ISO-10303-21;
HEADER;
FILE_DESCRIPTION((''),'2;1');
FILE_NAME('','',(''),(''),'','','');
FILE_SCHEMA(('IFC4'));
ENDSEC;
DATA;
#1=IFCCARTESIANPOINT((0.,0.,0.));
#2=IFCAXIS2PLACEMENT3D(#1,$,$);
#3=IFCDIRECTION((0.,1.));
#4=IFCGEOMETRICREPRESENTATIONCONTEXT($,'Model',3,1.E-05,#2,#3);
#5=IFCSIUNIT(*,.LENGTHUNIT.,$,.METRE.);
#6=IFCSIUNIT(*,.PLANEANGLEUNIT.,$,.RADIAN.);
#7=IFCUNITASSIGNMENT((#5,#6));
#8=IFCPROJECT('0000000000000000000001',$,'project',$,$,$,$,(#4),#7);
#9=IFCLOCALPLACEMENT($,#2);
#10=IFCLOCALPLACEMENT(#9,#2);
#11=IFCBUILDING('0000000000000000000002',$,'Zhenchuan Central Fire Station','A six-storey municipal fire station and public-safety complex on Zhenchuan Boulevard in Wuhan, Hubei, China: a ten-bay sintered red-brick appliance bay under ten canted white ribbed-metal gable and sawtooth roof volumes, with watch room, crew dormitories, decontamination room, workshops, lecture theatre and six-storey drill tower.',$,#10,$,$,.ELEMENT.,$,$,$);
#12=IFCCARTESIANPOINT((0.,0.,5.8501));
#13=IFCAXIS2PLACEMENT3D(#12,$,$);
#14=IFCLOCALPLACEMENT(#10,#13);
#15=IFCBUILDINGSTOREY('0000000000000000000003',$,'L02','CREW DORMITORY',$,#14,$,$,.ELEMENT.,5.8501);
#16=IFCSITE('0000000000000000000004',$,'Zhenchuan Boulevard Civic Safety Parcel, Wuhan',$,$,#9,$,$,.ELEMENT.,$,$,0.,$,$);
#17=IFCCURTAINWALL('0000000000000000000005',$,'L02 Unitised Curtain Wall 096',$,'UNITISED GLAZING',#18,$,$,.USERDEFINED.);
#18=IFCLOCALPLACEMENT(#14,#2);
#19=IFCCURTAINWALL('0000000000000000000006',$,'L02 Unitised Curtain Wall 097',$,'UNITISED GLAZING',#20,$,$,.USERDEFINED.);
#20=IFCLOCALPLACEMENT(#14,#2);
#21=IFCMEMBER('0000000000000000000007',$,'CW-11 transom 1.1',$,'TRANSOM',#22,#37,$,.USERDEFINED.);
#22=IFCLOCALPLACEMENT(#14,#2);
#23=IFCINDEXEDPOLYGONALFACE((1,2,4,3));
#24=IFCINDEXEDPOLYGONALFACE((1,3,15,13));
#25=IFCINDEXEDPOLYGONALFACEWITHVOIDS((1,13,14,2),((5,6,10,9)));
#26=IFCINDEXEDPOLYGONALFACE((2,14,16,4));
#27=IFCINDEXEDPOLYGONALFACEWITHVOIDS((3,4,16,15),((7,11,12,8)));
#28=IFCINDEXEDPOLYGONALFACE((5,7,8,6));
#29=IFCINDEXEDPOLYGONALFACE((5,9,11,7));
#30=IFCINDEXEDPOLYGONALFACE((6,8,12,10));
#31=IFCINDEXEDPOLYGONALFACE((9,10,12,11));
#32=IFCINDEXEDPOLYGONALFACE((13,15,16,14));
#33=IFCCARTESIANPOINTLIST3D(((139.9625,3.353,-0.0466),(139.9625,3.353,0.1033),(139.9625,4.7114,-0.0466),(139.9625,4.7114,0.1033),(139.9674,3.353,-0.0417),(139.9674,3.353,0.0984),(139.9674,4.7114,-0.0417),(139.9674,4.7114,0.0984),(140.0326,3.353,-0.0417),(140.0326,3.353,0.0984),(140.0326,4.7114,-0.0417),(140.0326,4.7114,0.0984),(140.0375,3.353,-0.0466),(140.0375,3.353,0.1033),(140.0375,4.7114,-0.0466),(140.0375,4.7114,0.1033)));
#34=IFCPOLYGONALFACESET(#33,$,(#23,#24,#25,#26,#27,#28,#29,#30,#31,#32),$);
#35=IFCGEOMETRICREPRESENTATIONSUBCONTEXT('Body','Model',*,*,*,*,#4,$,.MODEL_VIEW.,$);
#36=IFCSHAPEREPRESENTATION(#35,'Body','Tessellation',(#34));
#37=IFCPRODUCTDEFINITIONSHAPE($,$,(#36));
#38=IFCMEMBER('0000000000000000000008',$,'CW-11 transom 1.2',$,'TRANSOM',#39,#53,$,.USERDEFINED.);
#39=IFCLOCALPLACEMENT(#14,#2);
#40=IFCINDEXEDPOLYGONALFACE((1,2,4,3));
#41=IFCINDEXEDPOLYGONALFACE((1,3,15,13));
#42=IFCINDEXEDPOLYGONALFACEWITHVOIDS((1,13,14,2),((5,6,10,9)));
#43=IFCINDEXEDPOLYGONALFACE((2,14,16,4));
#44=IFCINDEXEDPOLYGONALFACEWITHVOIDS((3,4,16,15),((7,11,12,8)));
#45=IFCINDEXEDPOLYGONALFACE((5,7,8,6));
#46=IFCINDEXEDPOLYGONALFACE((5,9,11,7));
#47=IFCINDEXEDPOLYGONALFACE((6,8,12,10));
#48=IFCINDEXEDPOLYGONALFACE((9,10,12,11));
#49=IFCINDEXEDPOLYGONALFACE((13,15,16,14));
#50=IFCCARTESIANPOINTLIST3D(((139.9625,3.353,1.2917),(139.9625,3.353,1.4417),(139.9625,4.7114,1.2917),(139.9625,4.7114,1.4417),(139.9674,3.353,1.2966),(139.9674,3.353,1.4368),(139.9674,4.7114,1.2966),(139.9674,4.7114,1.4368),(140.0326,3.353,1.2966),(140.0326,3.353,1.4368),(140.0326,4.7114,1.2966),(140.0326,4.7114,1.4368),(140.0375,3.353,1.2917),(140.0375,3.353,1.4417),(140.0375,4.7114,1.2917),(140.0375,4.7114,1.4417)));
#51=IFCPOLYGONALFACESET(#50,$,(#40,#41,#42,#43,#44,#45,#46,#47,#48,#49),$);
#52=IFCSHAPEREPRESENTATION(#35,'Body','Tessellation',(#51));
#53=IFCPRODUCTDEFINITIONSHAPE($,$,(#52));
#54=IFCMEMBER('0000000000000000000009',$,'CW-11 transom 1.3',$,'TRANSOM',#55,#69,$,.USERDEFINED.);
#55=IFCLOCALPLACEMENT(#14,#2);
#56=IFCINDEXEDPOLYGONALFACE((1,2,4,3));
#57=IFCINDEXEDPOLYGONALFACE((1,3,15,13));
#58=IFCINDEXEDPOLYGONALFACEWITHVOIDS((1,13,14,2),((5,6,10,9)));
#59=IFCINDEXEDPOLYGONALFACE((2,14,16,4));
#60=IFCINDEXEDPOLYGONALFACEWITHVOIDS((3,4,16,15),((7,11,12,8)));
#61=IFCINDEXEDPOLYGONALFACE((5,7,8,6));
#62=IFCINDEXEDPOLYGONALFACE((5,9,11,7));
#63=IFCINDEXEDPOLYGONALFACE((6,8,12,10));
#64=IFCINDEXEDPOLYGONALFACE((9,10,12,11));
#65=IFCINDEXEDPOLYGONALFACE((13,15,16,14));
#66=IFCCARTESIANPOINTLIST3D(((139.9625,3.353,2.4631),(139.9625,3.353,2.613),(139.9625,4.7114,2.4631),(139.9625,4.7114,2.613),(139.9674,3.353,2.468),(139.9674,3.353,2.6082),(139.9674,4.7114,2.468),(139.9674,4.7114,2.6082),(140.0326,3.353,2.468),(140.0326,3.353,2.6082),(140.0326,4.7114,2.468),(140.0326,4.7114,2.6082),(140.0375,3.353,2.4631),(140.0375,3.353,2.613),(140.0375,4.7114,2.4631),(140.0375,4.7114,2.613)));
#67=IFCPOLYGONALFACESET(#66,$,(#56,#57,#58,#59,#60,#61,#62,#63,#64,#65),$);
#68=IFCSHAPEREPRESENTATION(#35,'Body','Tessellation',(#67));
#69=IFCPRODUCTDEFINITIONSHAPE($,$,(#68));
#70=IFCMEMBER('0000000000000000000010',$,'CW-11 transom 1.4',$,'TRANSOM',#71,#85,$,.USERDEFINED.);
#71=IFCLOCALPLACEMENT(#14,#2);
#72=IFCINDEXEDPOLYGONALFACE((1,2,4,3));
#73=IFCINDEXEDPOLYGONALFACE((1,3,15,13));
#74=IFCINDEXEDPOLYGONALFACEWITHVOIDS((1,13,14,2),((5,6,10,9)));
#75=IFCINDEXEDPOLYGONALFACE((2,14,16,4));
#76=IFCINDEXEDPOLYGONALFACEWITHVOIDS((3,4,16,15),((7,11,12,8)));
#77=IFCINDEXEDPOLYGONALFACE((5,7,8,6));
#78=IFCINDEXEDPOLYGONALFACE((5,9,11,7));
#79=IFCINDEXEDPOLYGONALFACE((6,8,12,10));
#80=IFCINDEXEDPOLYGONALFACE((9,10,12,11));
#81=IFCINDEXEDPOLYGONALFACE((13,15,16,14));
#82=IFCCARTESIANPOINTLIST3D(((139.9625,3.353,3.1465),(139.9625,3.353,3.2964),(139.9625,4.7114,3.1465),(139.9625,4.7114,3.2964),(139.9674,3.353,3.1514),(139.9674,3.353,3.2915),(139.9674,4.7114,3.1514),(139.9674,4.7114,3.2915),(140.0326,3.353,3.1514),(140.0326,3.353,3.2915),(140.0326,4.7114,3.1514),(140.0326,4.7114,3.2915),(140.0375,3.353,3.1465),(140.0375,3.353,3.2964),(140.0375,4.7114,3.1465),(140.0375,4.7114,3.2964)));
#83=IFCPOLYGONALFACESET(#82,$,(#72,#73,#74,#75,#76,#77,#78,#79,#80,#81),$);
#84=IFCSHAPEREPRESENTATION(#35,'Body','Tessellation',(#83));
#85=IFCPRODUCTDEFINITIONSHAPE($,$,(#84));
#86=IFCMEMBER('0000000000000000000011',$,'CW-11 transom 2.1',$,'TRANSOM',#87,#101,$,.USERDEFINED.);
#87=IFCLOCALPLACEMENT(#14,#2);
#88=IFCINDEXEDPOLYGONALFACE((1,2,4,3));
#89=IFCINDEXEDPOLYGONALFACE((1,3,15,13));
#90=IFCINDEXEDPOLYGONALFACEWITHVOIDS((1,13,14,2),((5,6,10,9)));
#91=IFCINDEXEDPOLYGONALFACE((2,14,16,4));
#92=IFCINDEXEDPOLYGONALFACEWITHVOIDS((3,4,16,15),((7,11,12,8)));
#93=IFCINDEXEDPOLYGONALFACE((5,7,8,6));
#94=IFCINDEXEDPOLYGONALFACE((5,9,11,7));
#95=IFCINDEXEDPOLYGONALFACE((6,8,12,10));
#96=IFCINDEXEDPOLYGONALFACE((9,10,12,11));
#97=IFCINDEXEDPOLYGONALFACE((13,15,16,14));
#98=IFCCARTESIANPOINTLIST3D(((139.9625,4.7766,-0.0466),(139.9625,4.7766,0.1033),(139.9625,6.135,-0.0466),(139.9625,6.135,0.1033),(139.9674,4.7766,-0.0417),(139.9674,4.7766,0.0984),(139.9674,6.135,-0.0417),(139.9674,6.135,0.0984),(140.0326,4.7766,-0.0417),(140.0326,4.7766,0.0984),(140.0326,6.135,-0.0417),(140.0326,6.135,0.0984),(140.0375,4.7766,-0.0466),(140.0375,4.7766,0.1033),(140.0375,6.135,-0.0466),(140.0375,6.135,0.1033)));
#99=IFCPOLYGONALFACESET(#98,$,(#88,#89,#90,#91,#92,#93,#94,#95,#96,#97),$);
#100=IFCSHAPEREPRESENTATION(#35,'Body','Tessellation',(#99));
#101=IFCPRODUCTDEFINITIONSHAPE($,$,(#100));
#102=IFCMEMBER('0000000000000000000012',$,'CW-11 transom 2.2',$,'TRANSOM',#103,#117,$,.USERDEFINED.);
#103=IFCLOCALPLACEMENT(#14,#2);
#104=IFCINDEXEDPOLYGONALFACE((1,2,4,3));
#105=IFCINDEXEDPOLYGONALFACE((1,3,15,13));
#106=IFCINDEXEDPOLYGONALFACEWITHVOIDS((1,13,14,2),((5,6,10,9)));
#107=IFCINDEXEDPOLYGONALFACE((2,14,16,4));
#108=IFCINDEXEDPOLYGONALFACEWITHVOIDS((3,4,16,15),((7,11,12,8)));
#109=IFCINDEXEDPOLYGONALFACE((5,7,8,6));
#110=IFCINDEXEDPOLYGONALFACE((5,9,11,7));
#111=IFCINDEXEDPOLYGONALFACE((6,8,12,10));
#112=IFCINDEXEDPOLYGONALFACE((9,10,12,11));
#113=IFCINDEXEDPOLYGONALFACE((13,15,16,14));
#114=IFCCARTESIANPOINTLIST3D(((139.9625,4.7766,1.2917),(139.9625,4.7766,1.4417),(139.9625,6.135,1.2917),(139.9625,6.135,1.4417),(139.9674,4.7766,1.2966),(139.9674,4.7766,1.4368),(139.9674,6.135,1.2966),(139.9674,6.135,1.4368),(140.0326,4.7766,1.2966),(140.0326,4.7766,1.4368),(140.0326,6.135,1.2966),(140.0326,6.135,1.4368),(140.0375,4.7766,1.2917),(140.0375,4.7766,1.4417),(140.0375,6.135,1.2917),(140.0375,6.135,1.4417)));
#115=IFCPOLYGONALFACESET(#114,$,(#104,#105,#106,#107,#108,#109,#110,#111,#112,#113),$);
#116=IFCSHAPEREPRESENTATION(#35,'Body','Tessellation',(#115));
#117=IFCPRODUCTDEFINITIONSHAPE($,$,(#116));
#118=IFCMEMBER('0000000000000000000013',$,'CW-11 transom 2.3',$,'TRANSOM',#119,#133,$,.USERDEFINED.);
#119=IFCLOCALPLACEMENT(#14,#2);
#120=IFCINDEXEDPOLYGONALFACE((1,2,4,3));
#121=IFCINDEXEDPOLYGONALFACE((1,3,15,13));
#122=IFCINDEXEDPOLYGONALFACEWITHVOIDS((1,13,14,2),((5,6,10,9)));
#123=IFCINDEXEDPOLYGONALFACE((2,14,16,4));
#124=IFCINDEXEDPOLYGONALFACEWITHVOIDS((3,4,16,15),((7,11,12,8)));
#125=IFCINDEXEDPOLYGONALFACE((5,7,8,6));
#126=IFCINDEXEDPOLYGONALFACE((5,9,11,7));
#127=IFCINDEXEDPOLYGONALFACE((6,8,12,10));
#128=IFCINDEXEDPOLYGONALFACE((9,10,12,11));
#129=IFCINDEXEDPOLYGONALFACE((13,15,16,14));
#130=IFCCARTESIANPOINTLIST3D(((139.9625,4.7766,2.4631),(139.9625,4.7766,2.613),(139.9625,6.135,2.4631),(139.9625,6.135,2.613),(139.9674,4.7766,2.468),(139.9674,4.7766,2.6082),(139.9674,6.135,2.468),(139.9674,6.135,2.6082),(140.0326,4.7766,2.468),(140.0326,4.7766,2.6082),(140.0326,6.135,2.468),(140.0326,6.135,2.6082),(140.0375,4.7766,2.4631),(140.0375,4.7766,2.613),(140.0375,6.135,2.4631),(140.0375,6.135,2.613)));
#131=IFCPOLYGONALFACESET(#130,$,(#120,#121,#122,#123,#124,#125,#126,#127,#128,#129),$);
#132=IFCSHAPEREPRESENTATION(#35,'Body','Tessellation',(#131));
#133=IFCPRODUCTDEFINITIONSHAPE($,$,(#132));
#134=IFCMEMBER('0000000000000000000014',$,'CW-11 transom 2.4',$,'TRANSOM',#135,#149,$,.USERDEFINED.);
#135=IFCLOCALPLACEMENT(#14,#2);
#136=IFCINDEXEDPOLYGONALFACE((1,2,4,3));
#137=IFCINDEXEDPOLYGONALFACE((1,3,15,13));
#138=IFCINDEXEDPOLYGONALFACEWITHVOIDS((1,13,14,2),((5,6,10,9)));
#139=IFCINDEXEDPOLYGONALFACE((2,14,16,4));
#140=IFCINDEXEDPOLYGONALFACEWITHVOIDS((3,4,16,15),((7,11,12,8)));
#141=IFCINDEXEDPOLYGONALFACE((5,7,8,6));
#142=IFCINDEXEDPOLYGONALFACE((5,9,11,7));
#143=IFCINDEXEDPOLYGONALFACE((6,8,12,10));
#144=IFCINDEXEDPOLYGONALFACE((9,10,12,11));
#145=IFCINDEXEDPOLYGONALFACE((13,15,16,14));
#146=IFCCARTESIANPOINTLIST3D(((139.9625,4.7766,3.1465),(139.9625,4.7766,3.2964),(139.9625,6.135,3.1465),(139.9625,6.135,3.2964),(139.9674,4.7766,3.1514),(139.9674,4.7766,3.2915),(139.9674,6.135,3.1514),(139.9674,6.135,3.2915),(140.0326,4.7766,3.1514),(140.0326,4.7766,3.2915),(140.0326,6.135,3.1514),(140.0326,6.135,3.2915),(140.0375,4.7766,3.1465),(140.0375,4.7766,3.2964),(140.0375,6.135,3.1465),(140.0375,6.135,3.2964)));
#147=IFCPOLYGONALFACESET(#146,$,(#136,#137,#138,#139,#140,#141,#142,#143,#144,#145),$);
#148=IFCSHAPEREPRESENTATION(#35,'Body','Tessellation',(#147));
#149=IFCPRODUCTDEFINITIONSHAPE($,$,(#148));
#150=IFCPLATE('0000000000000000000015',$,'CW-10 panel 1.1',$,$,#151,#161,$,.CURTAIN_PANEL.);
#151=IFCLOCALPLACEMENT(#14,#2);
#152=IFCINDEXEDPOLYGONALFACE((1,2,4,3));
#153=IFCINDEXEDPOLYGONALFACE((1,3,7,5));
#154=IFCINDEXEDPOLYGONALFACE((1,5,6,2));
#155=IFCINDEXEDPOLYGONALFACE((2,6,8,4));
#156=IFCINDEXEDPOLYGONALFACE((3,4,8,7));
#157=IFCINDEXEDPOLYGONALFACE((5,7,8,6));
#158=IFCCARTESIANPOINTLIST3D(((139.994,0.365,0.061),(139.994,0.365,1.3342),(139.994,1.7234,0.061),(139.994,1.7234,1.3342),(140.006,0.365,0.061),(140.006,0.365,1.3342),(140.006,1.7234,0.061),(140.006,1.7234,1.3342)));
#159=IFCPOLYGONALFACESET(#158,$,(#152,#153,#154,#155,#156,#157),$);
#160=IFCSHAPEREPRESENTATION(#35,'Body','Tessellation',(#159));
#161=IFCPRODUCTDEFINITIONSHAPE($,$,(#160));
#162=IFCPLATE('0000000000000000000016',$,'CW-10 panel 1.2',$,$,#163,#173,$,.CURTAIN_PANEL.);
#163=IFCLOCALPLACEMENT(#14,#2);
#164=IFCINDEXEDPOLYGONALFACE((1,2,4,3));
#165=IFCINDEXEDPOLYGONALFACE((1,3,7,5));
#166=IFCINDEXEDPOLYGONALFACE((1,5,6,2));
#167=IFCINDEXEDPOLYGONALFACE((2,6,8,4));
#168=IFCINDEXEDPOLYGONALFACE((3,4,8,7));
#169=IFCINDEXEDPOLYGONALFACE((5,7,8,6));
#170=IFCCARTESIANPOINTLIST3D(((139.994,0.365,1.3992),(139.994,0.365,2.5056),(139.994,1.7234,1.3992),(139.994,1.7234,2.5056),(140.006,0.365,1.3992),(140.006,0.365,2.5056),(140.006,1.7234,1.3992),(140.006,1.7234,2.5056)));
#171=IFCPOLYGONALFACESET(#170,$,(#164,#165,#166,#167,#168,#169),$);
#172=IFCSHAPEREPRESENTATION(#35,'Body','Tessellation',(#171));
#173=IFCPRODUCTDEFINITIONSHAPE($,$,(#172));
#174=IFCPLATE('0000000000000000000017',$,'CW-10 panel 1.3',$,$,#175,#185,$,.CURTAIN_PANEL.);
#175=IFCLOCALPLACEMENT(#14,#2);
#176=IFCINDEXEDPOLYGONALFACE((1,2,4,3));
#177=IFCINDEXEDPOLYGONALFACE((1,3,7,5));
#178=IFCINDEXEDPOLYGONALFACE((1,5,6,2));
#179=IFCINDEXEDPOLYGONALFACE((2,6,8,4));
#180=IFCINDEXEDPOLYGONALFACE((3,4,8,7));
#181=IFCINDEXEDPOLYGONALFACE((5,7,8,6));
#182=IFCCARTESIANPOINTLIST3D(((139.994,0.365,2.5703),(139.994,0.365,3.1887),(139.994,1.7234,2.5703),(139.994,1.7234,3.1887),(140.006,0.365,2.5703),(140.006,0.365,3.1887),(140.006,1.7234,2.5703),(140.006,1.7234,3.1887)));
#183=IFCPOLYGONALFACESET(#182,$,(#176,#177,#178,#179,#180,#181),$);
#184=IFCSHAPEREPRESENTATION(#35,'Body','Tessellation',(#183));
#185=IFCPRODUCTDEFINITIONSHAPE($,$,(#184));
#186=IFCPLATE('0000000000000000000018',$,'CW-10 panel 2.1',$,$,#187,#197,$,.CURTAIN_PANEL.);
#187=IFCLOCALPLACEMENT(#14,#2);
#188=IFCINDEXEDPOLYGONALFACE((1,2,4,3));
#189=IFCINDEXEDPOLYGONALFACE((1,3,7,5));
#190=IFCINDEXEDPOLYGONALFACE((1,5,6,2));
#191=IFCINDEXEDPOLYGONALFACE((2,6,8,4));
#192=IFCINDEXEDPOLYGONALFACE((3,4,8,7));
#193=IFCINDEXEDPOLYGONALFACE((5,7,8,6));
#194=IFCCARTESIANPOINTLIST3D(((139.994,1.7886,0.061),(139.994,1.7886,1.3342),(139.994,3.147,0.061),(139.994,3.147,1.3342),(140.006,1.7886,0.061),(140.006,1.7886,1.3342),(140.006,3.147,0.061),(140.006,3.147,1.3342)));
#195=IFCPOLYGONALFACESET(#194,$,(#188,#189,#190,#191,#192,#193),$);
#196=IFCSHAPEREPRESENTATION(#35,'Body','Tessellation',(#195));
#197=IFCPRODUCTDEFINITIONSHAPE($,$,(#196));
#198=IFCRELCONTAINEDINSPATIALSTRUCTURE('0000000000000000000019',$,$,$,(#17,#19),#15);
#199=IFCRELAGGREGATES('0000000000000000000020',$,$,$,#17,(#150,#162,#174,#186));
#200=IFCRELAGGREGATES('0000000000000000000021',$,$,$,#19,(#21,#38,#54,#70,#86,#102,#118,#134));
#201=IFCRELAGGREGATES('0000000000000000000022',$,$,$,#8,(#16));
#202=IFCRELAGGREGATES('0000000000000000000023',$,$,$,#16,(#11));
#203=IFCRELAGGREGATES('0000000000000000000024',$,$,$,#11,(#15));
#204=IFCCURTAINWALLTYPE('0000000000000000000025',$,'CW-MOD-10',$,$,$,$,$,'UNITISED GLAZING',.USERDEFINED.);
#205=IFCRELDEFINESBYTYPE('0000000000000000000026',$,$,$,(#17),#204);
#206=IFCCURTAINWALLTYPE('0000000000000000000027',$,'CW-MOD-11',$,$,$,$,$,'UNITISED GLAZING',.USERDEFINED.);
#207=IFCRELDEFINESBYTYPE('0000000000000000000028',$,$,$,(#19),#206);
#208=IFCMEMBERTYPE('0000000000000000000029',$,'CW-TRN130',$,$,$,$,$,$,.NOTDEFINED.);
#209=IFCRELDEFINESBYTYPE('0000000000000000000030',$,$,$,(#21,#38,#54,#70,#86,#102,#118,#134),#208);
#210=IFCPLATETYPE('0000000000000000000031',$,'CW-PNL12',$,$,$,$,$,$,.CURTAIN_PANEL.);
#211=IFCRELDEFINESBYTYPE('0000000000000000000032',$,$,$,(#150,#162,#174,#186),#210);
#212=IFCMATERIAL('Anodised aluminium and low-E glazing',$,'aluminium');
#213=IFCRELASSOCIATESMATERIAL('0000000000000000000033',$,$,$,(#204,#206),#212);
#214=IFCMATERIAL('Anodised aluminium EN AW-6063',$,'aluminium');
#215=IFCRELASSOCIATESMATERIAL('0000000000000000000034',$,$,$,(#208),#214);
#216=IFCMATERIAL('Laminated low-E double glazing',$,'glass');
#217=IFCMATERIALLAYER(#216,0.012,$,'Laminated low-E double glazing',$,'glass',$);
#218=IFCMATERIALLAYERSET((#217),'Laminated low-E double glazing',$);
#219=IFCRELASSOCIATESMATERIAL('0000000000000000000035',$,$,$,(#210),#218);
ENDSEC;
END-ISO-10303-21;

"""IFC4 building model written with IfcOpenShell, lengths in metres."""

from ifc_helpers import new_model, si_unit, direction, frame, origin, origin_2d, place, context, subcontext, project, spatial, rectangle, hollow_rectangle, extrude, material, layer, layer_set, material_profile, profile_set, type_object, element, aggregate, save


model = new_model("IFC4")

# Units and contexts
model_context = context("Model", 3, precision=1e-05, world=origin(), true_north=direction((0.0, 1.0)))
body_context = subcontext(model_context, "Body", "Model", "MODEL_VIEW")
ifc_project = project(units=[si_unit("LENGTHUNIT", "METRE"), si_unit("PLANEANGLEUNIT", "RADIAN")], contexts=[model_context])

# Site, building, storey
site_placement = place(None, origin())
site = spatial("IfcSite", under=ifc_project, at=site_placement, Name="Zhenchuan Boulevard Civic Safety Parcel, Wuhan", CompositionType="ELEMENT", RefElevation=0.0)
building_placement = place(site_placement, origin())
building = spatial("IfcBuilding", under=site, at=building_placement, Name="Zhenchuan Central Fire Station", Description="A six-storey municipal fire station and public-safety complex on Zhenchuan Boulevard in Wuhan, Hubei, China: a ten-bay sintered red-brick appliance bay under ten canted white ribbed-metal gable and sawtooth roof volumes, with watch room, crew dormitories, decontamination room, workshops, lecture theatre and six-storey drill tower.", CompositionType="ELEMENT")
storey_placement = place(building_placement, frame((0.0, 0.0, 5.8501)))
storey = spatial("IfcBuildingStorey", under=building, at=storey_placement, Name="L02", Description="CREW DORMITORY", CompositionType="ELEMENT", Elevation=5.8501)

# Curtain walls
ifc_material_1 = material(Name="Anodised aluminium and low-E glazing", Category="aluminium")
curtain_wall_type_1 = type_object("IfcCurtainWallType", Name="CW-MOD-10", ElementType="UNITISED GLAZING", PredefinedType="USERDEFINED", material=ifc_material_1)
curtain_wall_1_placement = place(storey_placement, origin())
curtain_wall_1 = element("IfcCurtainWall", 1, at=curtain_wall_1_placement, inside=storey, type_object=curtain_wall_type_1, Name="L02 Unitised Curtain Wall 096", ObjectType="UNITISED GLAZING", PredefinedType="USERDEFINED")
ifc_material_2 = material(Name="Anodised aluminium EN AW-6063", Category="aluminium")
curtain_wall_type_2 = type_object("IfcCurtainWallType", Name="CW-MOD-11", ElementType="UNITISED GLAZING", PredefinedType="USERDEFINED", material=ifc_material_1)
curtain_wall_2_placement = place(storey_placement, origin())
curtain_wall_2 = element("IfcCurtainWall", 2, at=curtain_wall_2_placement, inside=storey, type_object=curtain_wall_type_2, Name="L02 Unitised Curtain Wall 097", ObjectType="UNITISED GLAZING", PredefinedType="USERDEFINED")

# Members
ifc_material_profile_1 = material_profile(ifc_material_2, hollow_rectangle(XDim=0.075, YDim=0.1499, WallThickness=0.0049, at=origin_2d()), Name="ALU-T 150x75")
ifc_profile_set_1 = profile_set([ifc_material_profile_1], Name="Anodised aluminium EN AW-6063")
member_type_1 = type_object("IfcMemberType", Name="CW-TRN130", PredefinedType="NOTDEFINED", material=ifc_profile_set_1)
member_1_placement = place(storey_placement, frame((140.0, 3.353, 0.0283), z_axis=(0.0, 1.0, 0.0), x_axis=(-1.0, 0.0, 0.0)))
member_1 = element("IfcMember", 3, at=member_1_placement, type_object=member_type_1, Name="CW-11 transom 1.1", ObjectType="TRANSOM", PredefinedType="USERDEFINED", context=body_context, shape_type="SweptSolid", body=[
    extrude(hollow_rectangle(XDim=0.075, YDim=0.1499, WallThickness=0.0049, at=origin_2d()), origin(), (0.0, 0.0, 1.0), 1.3584),
])
member_2_placement = place(storey_placement, frame((140.0, 3.353, 1.3667), z_axis=(0.0, 1.0, 0.0), x_axis=(-1.0, 0.0, 0.0)))
member_2 = element("IfcMember", 4, at=member_2_placement, type_object=member_type_1, Name="CW-11 transom 1.2", ObjectType="TRANSOM", PredefinedType="USERDEFINED", context=body_context, shape_type="SweptSolid", body=[
    extrude(hollow_rectangle(XDim=0.075, YDim=0.1499, WallThickness=0.0049, at=origin_2d()), origin(), (0.0, 0.0, 1.0), 1.3584),
])
member_3_placement = place(storey_placement, frame((140.0, 3.353, 2.5381), z_axis=(0.0, 1.0, 0.0), x_axis=(-1.0, 0.0, 0.0)))
member_3 = element("IfcMember", 5, at=member_3_placement, type_object=member_type_1, Name="CW-11 transom 1.3", ObjectType="TRANSOM", PredefinedType="USERDEFINED", context=body_context, shape_type="SweptSolid", body=[
    extrude(hollow_rectangle(XDim=0.075, YDim=0.1499, WallThickness=0.0049, at=origin_2d()), origin(), (0.0, 0.0, 1.0), 1.3584),
])
member_4_placement = place(storey_placement, frame((140.0, 3.353, 3.2214), z_axis=(0.0, 1.0, 0.0), x_axis=(-1.0, 0.0, 0.0)))
member_4 = element("IfcMember", 6, at=member_4_placement, type_object=member_type_1, Name="CW-11 transom 1.4", ObjectType="TRANSOM", PredefinedType="USERDEFINED", context=body_context, shape_type="SweptSolid", body=[
    extrude(hollow_rectangle(XDim=0.075, YDim=0.1499, WallThickness=0.0049, at=origin_2d()), origin(), (0.0, 0.0, 1.0), 1.3584),
])
member_5_placement = place(storey_placement, frame((140.0, 4.7766, 0.0283), z_axis=(0.0, 1.0, 0.0), x_axis=(-1.0, 0.0, 0.0)))
member_5 = element("IfcMember", 7, at=member_5_placement, type_object=member_type_1, Name="CW-11 transom 2.1", ObjectType="TRANSOM", PredefinedType="USERDEFINED", context=body_context, shape_type="SweptSolid", body=[
    extrude(hollow_rectangle(XDim=0.075, YDim=0.1499, WallThickness=0.0049, at=origin_2d()), origin(), (0.0, 0.0, 1.0), 1.3584),
])
member_6_placement = place(storey_placement, frame((140.0, 4.7766, 1.3667), z_axis=(0.0, 1.0, 0.0), x_axis=(-1.0, 0.0, 0.0)))
member_6 = element("IfcMember", 8, at=member_6_placement, type_object=member_type_1, Name="CW-11 transom 2.2", ObjectType="TRANSOM", PredefinedType="USERDEFINED", context=body_context, shape_type="SweptSolid", body=[
    extrude(hollow_rectangle(XDim=0.075, YDim=0.1499, WallThickness=0.0049, at=origin_2d()), origin(), (0.0, 0.0, 1.0), 1.3584),
])
member_7_placement = place(storey_placement, frame((140.0, 4.7766, 2.5381), z_axis=(0.0, 1.0, 0.0), x_axis=(-1.0, 0.0, 0.0)))
member_7 = element("IfcMember", 9, at=member_7_placement, type_object=member_type_1, Name="CW-11 transom 2.3", ObjectType="TRANSOM", PredefinedType="USERDEFINED", context=body_context, shape_type="SweptSolid", body=[
    extrude(hollow_rectangle(XDim=0.075, YDim=0.1499, WallThickness=0.0049, at=origin_2d()), origin(), (0.0, 0.0, 1.0), 1.3584),
])
member_8_placement = place(storey_placement, frame((140.0, 4.7766, 3.2214), z_axis=(0.0, 1.0, 0.0), x_axis=(-1.0, 0.0, 0.0)))
member_8 = element("IfcMember", 10, at=member_8_placement, type_object=member_type_1, Name="CW-11 transom 2.4", ObjectType="TRANSOM", PredefinedType="USERDEFINED", context=body_context, shape_type="SweptSolid", body=[
    extrude(hollow_rectangle(XDim=0.075, YDim=0.1499, WallThickness=0.0049, at=origin_2d()), origin(), (0.0, 0.0, 1.0), 1.3584),
])

# Plates
ifc_material_3 = material(Name="Laminated low-E double glazing", Category="glass")
ifc_layer_1 = layer(ifc_material_3, 0.012, Name="Laminated low-E double glazing", Category="glass")
ifc_layer_set_1 = layer_set([ifc_layer_1], Name="Laminated low-E double glazing")
plate_type = type_object("IfcPlateType", Name="CW-PNL12", PredefinedType="CURTAIN_PANEL", material=ifc_layer_set_1)
plate_1_placement = place(storey_placement, frame((140.0, 1.0442, 0.061), z_axis=(0.0, 0.0, 1.0), x_axis=(0.0, 1.0, 0.0)))
plate_1 = element("IfcPlate", 11, at=plate_1_placement, type_object=plate_type, Name="CW-10 panel 1.1", PredefinedType="CURTAIN_PANEL", context=body_context, shape_type="SweptSolid", body=[
    extrude(rectangle(XDim=1.3584, YDim=0.012, at=origin_2d()), origin(), (0.0, 0.0, 1.0), 1.2732),
])
plate_2_placement = place(storey_placement, frame((140.0, 1.0442, 1.3992), z_axis=(0.0, 0.0, 1.0), x_axis=(0.0, 1.0, 0.0)))
plate_2 = element("IfcPlate", 12, at=plate_2_placement, type_object=plate_type, Name="CW-10 panel 1.2", PredefinedType="CURTAIN_PANEL", context=body_context, shape_type="SweptSolid", body=[
    extrude(rectangle(XDim=1.3584, YDim=0.012, at=origin_2d()), origin(), (0.0, 0.0, 1.0), 1.1064),
])
plate_3_placement = place(storey_placement, frame((140.0, 1.0442, 2.5703), z_axis=(0.0, 0.0, 1.0), x_axis=(0.0, 1.0, 0.0)))
plate_3 = element("IfcPlate", 13, at=plate_3_placement, type_object=plate_type, Name="CW-10 panel 1.3", PredefinedType="CURTAIN_PANEL", context=body_context, shape_type="SweptSolid", body=[
    extrude(rectangle(XDim=1.3584, YDim=0.012, at=origin_2d()), origin(), (0.0, 0.0, 1.0), 0.6184),
])
plate_4_placement = place(storey_placement, frame((140.0, 2.4678, 0.061), z_axis=(0.0, 0.0, 1.0), x_axis=(0.0, 1.0, 0.0)))
plate_4 = element("IfcPlate", 14, at=plate_4_placement, type_object=plate_type, Name="CW-10 panel 2.1", PredefinedType="CURTAIN_PANEL", context=body_context, shape_type="SweptSolid", body=[
    extrude(rectangle(XDim=1.3584, YDim=0.012, at=origin_2d()), origin(), (0.0, 0.0, 1.0), 1.2732),
])
aggregate(curtain_wall_1, [plate_1, plate_2, plate_3, plate_4])
aggregate(curtain_wall_2, [member_1, member_2, member_3, member_4, member_5, member_6, member_7, member_8])

save(model, "model.ifc")
